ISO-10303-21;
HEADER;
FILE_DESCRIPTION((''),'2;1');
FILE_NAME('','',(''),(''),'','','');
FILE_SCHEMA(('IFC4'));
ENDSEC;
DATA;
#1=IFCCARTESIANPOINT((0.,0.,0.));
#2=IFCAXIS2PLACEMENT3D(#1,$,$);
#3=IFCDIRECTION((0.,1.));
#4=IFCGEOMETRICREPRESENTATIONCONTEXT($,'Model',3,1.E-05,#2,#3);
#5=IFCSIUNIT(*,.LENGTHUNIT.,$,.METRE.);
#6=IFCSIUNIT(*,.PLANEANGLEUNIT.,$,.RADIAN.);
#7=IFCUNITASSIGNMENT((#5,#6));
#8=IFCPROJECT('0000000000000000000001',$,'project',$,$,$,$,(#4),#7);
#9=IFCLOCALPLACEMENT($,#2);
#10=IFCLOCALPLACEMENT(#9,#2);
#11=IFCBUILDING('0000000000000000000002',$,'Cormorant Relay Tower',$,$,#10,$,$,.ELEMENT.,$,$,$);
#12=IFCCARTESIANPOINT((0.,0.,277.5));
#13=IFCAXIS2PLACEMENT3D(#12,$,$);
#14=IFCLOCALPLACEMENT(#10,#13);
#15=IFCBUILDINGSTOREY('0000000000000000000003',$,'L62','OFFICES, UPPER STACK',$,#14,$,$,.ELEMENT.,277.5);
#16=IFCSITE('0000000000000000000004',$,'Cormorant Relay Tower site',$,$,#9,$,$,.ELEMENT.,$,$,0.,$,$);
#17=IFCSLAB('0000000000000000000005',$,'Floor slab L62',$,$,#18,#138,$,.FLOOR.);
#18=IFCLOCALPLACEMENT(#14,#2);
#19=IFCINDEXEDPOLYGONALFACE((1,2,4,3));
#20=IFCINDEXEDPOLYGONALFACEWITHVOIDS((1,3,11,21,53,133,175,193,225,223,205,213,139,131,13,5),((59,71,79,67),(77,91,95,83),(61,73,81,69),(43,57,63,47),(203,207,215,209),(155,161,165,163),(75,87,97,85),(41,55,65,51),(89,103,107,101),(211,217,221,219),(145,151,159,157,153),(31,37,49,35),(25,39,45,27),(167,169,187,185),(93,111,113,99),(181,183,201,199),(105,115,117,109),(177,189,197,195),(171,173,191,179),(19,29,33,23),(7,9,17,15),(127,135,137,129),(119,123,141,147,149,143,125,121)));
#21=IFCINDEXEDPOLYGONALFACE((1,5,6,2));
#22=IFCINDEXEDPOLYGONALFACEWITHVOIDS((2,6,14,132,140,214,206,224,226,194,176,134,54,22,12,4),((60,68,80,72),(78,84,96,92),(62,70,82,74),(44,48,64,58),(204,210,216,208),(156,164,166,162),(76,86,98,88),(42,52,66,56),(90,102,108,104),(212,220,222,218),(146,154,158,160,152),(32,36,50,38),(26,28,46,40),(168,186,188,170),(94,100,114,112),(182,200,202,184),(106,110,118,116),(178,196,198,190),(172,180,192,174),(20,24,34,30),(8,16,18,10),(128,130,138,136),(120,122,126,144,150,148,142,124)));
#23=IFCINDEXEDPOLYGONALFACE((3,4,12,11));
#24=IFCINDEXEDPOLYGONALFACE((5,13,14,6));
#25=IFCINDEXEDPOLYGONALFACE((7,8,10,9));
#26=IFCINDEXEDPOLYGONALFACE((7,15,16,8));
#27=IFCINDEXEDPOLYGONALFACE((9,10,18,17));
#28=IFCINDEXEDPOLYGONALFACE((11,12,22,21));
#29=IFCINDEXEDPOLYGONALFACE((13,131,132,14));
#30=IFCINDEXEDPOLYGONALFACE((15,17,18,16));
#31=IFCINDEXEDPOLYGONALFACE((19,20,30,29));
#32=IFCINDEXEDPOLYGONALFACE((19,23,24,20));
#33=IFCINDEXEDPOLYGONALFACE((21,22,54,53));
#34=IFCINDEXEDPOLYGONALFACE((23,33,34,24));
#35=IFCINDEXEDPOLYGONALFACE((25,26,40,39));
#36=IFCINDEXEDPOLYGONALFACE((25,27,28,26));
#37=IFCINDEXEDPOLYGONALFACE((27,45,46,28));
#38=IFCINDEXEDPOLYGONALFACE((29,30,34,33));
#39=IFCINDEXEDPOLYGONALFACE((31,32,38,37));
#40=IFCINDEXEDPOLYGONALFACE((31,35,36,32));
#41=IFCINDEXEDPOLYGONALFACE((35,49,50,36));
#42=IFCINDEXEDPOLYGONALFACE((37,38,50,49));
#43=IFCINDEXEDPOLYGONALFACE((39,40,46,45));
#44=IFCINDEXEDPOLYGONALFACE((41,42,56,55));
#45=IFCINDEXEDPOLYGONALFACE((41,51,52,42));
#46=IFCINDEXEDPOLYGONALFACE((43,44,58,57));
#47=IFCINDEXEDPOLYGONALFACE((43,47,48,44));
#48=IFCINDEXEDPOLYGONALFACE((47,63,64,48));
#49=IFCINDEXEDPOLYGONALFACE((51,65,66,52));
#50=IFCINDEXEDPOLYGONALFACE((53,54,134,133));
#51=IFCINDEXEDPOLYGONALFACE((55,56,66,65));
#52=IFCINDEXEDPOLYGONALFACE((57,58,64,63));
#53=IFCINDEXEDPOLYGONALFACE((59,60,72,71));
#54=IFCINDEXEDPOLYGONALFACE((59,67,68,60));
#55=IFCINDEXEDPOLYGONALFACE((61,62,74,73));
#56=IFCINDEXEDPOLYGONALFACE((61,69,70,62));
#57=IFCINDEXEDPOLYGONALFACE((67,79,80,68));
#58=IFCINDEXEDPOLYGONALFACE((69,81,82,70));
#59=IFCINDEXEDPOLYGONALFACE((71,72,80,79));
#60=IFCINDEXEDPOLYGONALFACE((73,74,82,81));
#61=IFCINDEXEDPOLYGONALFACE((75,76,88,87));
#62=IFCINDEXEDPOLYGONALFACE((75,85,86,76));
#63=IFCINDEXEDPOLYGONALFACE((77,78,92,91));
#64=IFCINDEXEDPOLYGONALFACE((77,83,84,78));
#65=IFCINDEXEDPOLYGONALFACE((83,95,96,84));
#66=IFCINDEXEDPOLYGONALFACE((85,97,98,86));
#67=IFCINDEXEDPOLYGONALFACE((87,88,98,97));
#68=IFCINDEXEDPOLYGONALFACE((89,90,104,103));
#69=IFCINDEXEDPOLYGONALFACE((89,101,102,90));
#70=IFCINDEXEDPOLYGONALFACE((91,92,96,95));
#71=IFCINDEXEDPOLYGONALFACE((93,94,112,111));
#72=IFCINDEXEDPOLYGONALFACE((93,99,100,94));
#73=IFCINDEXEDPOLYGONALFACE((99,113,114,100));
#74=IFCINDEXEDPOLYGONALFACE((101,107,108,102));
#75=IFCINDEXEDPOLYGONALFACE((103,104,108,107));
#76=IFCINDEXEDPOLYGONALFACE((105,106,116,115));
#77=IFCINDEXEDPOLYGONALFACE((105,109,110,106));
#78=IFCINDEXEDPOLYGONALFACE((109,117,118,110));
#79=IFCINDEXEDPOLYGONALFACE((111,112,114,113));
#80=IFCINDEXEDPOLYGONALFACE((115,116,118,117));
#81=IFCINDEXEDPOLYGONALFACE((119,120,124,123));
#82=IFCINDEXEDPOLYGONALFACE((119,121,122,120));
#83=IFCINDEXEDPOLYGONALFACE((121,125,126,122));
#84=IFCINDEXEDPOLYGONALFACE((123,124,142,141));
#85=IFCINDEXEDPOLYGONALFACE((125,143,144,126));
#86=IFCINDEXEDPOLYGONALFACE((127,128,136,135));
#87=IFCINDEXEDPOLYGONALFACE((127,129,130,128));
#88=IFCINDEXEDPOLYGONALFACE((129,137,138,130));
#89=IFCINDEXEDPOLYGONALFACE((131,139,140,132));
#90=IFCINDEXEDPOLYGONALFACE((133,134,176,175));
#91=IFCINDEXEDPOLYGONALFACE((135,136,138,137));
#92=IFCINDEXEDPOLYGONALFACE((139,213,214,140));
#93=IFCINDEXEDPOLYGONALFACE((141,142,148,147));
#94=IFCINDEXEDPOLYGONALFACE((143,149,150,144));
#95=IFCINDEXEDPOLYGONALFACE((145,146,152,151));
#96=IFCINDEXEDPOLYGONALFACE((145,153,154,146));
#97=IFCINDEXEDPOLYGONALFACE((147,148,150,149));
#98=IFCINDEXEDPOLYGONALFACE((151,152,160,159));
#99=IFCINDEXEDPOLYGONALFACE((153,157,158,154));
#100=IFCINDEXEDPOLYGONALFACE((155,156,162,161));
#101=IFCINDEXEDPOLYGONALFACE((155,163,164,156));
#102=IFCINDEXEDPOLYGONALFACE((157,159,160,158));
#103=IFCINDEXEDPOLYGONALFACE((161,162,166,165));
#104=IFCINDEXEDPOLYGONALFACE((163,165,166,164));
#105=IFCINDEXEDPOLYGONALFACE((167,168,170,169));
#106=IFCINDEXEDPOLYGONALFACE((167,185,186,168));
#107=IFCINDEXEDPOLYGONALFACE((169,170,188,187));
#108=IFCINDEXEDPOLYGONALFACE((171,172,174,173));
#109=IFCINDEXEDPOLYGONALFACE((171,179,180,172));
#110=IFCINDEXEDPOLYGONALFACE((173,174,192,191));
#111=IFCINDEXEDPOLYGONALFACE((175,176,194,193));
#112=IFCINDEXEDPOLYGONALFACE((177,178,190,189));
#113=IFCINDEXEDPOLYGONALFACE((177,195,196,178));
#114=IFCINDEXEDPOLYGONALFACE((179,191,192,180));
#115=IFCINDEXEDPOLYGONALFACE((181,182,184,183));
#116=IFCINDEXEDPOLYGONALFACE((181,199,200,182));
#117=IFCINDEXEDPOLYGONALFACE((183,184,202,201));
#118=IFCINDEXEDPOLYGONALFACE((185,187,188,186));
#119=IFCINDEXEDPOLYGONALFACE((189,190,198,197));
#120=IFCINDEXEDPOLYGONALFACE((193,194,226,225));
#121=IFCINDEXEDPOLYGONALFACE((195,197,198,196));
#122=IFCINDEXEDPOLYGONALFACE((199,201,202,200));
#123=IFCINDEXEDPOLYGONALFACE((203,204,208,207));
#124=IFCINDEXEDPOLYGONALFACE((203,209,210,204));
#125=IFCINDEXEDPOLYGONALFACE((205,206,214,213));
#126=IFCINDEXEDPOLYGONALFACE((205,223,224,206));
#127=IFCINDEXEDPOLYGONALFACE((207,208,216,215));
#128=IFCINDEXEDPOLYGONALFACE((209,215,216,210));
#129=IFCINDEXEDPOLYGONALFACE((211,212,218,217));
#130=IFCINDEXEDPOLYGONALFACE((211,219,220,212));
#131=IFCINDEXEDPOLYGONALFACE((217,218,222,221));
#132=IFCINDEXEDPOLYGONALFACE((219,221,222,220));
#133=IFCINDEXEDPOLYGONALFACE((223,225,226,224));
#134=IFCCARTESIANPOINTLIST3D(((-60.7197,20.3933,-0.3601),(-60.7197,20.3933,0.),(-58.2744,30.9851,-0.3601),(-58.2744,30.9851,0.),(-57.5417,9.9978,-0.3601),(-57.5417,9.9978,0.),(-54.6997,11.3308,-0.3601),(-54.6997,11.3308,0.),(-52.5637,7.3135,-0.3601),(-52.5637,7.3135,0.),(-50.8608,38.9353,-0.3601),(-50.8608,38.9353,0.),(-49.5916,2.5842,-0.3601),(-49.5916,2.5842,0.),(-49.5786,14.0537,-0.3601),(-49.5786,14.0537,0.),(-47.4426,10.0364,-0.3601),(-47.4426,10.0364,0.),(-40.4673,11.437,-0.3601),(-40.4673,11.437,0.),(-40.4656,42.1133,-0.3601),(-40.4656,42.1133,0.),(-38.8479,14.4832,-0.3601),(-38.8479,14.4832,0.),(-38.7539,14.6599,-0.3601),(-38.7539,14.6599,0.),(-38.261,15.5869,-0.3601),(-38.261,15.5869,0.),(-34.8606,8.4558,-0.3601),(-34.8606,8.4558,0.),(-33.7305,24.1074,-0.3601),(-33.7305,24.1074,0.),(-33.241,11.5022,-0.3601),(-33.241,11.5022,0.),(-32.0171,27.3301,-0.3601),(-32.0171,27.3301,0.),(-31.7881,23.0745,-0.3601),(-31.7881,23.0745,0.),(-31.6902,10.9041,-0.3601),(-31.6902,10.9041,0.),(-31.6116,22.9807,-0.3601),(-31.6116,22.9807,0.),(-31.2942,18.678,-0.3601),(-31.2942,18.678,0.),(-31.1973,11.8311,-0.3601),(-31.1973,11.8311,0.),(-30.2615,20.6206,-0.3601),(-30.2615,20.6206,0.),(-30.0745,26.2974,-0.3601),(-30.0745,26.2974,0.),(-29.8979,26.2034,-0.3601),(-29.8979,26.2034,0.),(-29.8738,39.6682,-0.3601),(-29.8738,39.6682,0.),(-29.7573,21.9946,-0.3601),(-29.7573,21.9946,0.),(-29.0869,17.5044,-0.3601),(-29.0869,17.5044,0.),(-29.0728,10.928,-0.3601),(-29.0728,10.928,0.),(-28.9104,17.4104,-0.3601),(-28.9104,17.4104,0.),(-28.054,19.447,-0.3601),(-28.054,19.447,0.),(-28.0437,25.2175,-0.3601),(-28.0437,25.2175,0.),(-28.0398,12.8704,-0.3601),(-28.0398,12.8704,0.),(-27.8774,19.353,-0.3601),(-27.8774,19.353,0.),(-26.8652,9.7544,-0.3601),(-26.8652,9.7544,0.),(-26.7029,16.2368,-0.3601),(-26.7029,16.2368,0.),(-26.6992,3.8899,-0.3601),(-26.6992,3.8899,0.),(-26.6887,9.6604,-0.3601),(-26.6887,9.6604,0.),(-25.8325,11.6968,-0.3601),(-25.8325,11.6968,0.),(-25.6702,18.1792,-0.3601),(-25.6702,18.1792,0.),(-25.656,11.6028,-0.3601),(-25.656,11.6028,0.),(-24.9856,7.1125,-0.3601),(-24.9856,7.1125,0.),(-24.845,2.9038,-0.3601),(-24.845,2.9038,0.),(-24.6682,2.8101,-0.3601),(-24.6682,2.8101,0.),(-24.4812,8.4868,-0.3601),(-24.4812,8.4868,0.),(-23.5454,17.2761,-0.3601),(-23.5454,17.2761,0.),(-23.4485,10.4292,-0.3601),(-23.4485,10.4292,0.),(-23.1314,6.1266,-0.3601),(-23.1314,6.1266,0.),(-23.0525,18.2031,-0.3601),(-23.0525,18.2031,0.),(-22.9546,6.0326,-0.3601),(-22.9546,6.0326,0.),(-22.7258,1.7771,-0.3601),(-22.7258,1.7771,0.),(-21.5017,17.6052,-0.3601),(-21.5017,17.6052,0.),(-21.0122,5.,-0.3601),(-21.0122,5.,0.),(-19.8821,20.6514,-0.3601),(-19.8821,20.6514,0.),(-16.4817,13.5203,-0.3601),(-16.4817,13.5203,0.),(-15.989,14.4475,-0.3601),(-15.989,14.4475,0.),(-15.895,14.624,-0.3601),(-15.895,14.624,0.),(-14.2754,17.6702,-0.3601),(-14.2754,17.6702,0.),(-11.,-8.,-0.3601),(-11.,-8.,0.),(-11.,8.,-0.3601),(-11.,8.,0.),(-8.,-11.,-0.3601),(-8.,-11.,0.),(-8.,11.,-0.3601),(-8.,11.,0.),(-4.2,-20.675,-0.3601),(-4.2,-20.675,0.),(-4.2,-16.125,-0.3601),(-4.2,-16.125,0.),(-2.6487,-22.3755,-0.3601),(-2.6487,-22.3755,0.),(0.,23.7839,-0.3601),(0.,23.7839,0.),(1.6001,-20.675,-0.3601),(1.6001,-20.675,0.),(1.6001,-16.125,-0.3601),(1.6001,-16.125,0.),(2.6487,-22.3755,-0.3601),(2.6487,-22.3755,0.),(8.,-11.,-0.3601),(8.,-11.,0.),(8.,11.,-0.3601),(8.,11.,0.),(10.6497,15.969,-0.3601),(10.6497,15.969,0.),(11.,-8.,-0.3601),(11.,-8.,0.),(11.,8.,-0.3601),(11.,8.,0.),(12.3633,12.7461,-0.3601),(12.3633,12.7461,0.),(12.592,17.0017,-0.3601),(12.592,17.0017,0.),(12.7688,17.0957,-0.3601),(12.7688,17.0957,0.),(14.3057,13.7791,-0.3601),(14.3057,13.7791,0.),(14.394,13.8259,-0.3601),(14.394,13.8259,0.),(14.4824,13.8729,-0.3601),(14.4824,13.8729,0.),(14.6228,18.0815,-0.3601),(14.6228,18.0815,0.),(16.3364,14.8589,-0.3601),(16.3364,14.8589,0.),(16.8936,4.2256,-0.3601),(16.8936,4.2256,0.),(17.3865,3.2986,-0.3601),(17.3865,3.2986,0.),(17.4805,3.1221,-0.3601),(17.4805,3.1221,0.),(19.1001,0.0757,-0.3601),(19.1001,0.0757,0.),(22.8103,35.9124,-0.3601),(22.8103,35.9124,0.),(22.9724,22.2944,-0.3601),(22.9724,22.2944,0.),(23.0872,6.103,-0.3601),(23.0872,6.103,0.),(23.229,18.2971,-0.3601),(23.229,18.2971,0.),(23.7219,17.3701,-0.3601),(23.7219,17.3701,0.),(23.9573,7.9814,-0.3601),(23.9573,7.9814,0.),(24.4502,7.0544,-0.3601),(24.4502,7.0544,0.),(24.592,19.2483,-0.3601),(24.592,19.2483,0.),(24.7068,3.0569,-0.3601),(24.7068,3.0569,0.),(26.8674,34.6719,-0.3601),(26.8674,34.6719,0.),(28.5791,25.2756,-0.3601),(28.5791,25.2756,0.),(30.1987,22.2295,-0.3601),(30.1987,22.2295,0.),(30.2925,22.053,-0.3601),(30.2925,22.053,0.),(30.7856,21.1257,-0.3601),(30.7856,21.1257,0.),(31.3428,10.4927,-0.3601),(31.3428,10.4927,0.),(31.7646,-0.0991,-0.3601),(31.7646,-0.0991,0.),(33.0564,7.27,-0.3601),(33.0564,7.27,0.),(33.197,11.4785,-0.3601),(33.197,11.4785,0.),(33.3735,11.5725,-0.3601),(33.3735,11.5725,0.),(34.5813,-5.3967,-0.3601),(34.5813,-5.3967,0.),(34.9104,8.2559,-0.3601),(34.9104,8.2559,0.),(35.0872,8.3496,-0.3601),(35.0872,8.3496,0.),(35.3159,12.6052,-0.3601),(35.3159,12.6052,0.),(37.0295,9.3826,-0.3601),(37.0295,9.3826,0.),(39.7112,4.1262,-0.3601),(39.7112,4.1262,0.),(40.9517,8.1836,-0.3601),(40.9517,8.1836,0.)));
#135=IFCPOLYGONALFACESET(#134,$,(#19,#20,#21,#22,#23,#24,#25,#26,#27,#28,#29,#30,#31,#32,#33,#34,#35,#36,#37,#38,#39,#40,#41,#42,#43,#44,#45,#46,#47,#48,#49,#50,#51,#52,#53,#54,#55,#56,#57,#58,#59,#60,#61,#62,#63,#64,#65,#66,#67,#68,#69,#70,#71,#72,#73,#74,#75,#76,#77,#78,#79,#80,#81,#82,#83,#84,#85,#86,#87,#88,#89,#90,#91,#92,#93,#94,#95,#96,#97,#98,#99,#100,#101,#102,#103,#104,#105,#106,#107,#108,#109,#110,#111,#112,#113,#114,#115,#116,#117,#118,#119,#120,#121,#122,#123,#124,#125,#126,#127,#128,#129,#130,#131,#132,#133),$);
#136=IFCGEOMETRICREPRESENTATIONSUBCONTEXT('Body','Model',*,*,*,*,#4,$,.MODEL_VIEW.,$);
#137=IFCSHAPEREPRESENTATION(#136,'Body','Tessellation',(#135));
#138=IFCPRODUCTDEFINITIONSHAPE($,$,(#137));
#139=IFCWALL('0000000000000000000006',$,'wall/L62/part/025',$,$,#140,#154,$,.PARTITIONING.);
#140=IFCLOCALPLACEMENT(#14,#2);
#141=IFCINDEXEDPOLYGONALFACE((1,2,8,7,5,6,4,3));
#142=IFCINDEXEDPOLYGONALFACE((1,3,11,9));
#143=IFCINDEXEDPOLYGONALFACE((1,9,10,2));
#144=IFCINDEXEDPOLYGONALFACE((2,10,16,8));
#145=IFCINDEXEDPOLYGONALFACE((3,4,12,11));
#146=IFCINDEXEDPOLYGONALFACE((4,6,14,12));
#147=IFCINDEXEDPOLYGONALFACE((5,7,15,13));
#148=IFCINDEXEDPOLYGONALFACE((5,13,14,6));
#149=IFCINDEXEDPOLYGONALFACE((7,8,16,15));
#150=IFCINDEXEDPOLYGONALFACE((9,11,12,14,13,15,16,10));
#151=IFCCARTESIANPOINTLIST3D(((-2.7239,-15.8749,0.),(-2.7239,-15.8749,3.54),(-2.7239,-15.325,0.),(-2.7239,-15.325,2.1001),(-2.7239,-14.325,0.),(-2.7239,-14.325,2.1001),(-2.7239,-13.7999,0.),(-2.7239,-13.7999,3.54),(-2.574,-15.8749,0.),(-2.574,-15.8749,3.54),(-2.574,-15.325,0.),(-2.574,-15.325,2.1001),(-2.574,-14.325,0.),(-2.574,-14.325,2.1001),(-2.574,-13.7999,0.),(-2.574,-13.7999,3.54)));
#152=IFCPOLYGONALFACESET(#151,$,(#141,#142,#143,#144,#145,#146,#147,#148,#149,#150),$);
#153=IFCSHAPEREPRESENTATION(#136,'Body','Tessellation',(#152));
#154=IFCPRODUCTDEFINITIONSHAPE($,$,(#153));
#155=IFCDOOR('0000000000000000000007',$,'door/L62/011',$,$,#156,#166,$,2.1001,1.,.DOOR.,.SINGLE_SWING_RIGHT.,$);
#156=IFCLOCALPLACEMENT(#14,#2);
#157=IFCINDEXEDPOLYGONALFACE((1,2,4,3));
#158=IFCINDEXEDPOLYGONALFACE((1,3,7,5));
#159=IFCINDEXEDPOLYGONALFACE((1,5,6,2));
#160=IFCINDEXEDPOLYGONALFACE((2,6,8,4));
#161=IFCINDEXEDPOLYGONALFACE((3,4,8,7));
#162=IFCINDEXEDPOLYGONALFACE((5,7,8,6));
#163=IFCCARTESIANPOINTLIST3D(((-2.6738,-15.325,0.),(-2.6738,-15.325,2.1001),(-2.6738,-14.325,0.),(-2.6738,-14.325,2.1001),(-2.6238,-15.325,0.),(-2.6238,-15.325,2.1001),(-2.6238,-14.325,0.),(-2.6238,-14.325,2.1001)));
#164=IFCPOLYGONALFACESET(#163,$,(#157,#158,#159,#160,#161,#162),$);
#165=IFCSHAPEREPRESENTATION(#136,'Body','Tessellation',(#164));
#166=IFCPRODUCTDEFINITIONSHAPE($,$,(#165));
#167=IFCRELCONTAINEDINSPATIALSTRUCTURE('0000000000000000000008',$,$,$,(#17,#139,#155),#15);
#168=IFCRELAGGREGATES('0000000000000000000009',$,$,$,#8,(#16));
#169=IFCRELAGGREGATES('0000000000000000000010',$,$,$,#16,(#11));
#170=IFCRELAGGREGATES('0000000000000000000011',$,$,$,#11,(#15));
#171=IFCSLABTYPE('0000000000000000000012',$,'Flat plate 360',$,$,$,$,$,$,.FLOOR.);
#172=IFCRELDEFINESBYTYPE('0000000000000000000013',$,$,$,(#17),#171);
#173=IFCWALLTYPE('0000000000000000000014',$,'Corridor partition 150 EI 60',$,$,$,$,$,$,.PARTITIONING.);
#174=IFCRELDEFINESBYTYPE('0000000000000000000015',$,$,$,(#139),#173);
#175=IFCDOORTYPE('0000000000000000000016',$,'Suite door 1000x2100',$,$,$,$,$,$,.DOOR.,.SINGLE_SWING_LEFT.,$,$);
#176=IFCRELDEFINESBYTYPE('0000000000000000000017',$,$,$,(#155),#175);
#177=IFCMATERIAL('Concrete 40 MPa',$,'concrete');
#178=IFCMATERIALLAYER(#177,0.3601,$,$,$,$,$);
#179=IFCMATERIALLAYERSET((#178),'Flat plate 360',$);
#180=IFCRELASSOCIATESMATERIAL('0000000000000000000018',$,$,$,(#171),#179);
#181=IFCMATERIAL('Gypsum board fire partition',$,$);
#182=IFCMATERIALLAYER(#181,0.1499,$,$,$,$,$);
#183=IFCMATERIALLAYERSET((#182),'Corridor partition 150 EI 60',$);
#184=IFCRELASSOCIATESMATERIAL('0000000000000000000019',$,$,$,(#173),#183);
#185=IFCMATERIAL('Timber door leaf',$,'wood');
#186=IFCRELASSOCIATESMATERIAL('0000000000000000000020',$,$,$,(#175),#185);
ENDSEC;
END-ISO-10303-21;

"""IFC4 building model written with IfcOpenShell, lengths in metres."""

from ifc_helpers import new_model, si_unit, direction, frame, frame_2d, origin, place, context, subcontext, project, spatial, polyline, rectangle, outline, extrude, material, layer, layer_set, type_object, element, fill, save


model = new_model("IFC4")

# Units and contexts
model_context = context("Model", 3, precision=1e-05, world=origin(), true_north=direction((0.0, 1.0)))
body_context = subcontext(model_context, "Body", "Model", "MODEL_VIEW")
ifc_project = project(units=[si_unit("LENGTHUNIT", "METRE"), si_unit("PLANEANGLEUNIT", "RADIAN")], contexts=[model_context])

# Site, building, storey
site_placement = place(None, origin())
site = spatial("IfcSite", under=ifc_project, at=site_placement, Name="Cormorant Relay Tower site", CompositionType="ELEMENT", RefElevation=0.0)
building_placement = place(site_placement, origin())
building = spatial("IfcBuilding", under=site, at=building_placement, Name="Cormorant Relay Tower", CompositionType="ELEMENT")
storey_placement = place(building_placement, frame((0.0, 0.0, 277.5)))
storey = spatial("IfcBuildingStorey", under=building, at=storey_placement, Name="L62", Description="OFFICES, UPPER STACK", CompositionType="ELEMENT", Elevation=277.5)

# Slab
ifc_material_1 = material(Name="Concrete 40 MPa", Category="concrete")
ifc_layer_1 = layer(ifc_material_1, 0.3601)
ifc_layer_set_1 = layer_set([ifc_layer_1], Name="Flat plate 360")
slab_type_1 = type_object("IfcSlabType", Name="Flat plate 360", PredefinedType="FLOOR", material=ifc_layer_set_1)
slab_1_placement = place(storey_placement, frame((0.0, 0.0, -0.3601)))
element("IfcSlab", 1, at=slab_1_placement, inside=storey, type_object=slab_type_1, Name="Floor slab L62", PredefinedType="FLOOR", context=body_context, shape_type="SweptSolid", body=[
    extrude(outline(polyline([(-60.7197, 20.3933), (-58.2744, 30.9851), (-50.8608, 38.9353), (-40.4656, 42.1133), (-29.8738, 39.6682), (0.0, 23.7839), (22.8103, 35.9124), (26.8674, 34.6719), (40.9517, 8.1836), (39.7112, 4.1262), (31.7646, -0.0991), (34.5813, -5.3967), (2.6487, -22.3755), (-2.6487, -22.3755), (-49.5916, 2.5842), (-57.5417, 9.9978), (-60.7197, 20.3933)]), holes=[polyline([(11.0, -8.0), (11.0, 8.0), (8.0, 11.0), (-8.0, 11.0), (-11.0, 8.0), (-11.0, -8.0), (-8.0, -11.0), (8.0, -11.0), (11.0, -8.0)]), polyline([(-22.9546, 6.0327), (-24.6682, 2.8101), (-22.7258, 1.7771), (-21.0122, 5.0), (-23.043, 6.0796), (-22.9546, 6.0327)]), polyline([(-24.9856, 7.1125), (-26.6992, 3.8899), (-24.845, 2.9038), (-23.1313, 6.1267), (-23.043, 6.0796), (-24.9856, 7.1125)]), polyline([(-26.6887, 9.6604), (-24.4812, 8.4868), (-23.4485, 10.4292), (-25.656, 11.6028), (-26.6887, 9.6604)]), polyline([(-49.5786, 14.0537), (-54.6997, 11.3308), (-52.5637, 7.3135), (-47.4426, 10.0364), (-49.5786, 14.0537)]), polyline([(-28.0398, 12.8704), (-29.0728, 10.928), (-26.8652, 9.7544), (-25.8325, 11.6968), (-28.0398, 12.8704)]), polyline([(-38.8479, 14.4832), (-40.4673, 11.437), (-34.8606, 8.4558), (-33.241, 11.5022), (-38.8479, 14.4832)]), polyline([(-38.261, 15.5869), (-38.7539, 14.6599), (-31.6902, 10.9041), (-31.1973, 11.8311), (-38.261, 15.5869)]), polyline([(-25.6702, 18.1792), (-27.8774, 19.353), (-28.9104, 17.4104), (-26.7029, 16.2368), (-25.6702, 18.1792)]), polyline([(-30.2615, 20.6206), (-31.2942, 18.678), (-29.0869, 17.5044), (-28.054, 19.447), (-30.2615, 20.6206)]), polyline([(-31.6116, 22.9807), (-29.7573, 21.9946), (-28.0437, 25.2175), (-29.8979, 26.2034), (-31.6116, 22.9807)]), polyline([(-32.0171, 27.3301), (-33.7305, 24.1074), (-31.7881, 23.0745), (-30.0745, 26.2974), (-32.0171, 27.3301)]), polyline([(-4.2, -16.125), (-4.2, -20.675), (1.6001, -20.675), (1.6001, -16.125), (-4.2, -16.125)]), polyline([(17.4805, 3.1221), (19.1001, 0.0757), (24.7068, 3.0569), (23.0872, 6.103), (17.4805, 3.1221)]), polyline([(17.3865, 3.2986), (24.4502, 7.0544), (23.9573, 7.9814), (16.8936, 4.2256), (17.3865, 3.2986)]), polyline([(33.197, 11.4785), (31.3428, 10.4927), (33.0564, 7.27), (34.9104, 8.2559), (33.197, 11.4785)]), polyline([(33.3735, 11.5725), (35.0872, 8.3496), (37.0295, 9.3826), (35.3159, 12.6052), (33.3735, 11.5725)]), polyline([(14.3057, 13.7791), (12.592, 17.0017), (10.6497, 15.969), (12.3633, 12.7461), (14.394, 13.8259), (14.3057, 13.7791)]), polyline([(16.3364, 14.8589), (14.6228, 18.0815), (12.7688, 17.0957), (14.4824, 13.8728), (14.394, 13.8259), (16.3364, 14.8589)]), polyline([(-16.4817, 13.5203), (-15.989, 14.4475), (-23.0525, 18.2031), (-23.5454, 17.2761), (-16.4817, 13.5203)]), polyline([(-15.895, 14.624), (-14.2754, 17.6702), (-19.8821, 20.6514), (-21.5017, 17.6052), (-15.895, 14.624)]), polyline([(30.7856, 21.1257), (30.2925, 22.053), (23.229, 18.2971), (23.7219, 17.3701), (30.7856, 21.1257)]), polyline([(24.592, 19.2483), (30.1987, 22.2295), (28.5791, 25.2756), (22.9724, 22.2944), (24.592, 19.2483)])]), origin(), (0.0, 0.0, 1.0), 0.3601),
])

# Wall, opening, door
ifc_material_2 = material(Name="Gypsum board fire partition")
ifc_layer_2 = layer(ifc_material_2, 0.1499)
ifc_layer_set_2 = layer_set([ifc_layer_2], Name="Corridor partition 150 EI 60")
wall_type_1 = type_object("IfcWallType", Name="Corridor partition 150 EI 60", PredefinedType="PARTITIONING", material=ifc_layer_set_2)
wall_1_placement = place(storey_placement, frame((-2.6489, -15.875, 0.0), z_axis=(0.0, 0.0, 1.0), x_axis=(0.0, 1.0, 0.0)))
wall_1 = element("IfcWall", 2, at=wall_1_placement, inside=storey, type_object=wall_type_1, Name="wall/L62/part/025", PredefinedType="PARTITIONING", context=body_context, shape_type="SweptSolid", body=[
    extrude(rectangle(XDim=2.075, YDim=0.1499, at=frame_2d((1.0376, 0.0))), origin(), (0.0, 0.0, 1.0), 3.54),
])
opening_1_placement = place(wall_1_placement, frame((0.55, 0.0, 0.0)))
opening_1 = element("IfcOpeningElement", 3, at=opening_1_placement, cuts=wall_1, PredefinedType="OPENING", context=body_context, shape_type="SweptSolid", body=[
    extrude(rectangle(XDim=1.0, YDim=2.1001, at=frame_2d((0.5, 1.05))), frame((0.0, 0.085, 0.0), z_axis=(0.0, -1.0, 0.0), x_axis=(1.0, 0.0, 0.0)), (0.0, 0.0, 1.0), 0.1699),
])
ifc_material_3 = material(Name="Timber door leaf", Category="wood")
door_type_1 = type_object("IfcDoorType", Name="Suite door 1000x2100", OperationType="SINGLE_SWING_LEFT", PredefinedType="DOOR", material=ifc_material_3)
door_1_placement = place(opening_1_placement, origin())
door_1 = element("IfcDoor", 4, at=door_1_placement, inside=storey, type_object=door_type_1, Name="door/L62/011", OperationType="SINGLE_SWING_RIGHT", OverallHeight=2.1001, OverallWidth=1.0, PredefinedType="DOOR", context=body_context, shape_type="SweptSolid", body=[
    extrude(rectangle(XDim=1.0, YDim=2.1001, at=frame_2d((0.5, 1.05))), frame((0.0, 0.0249, 0.0), z_axis=(0.0, -1.0, 0.0), x_axis=(1.0, 0.0, 0.0)), (0.0, 0.0, 1.0), 0.05),
])
fill(opening_1, door_1)

save(model, "model.ifc")
